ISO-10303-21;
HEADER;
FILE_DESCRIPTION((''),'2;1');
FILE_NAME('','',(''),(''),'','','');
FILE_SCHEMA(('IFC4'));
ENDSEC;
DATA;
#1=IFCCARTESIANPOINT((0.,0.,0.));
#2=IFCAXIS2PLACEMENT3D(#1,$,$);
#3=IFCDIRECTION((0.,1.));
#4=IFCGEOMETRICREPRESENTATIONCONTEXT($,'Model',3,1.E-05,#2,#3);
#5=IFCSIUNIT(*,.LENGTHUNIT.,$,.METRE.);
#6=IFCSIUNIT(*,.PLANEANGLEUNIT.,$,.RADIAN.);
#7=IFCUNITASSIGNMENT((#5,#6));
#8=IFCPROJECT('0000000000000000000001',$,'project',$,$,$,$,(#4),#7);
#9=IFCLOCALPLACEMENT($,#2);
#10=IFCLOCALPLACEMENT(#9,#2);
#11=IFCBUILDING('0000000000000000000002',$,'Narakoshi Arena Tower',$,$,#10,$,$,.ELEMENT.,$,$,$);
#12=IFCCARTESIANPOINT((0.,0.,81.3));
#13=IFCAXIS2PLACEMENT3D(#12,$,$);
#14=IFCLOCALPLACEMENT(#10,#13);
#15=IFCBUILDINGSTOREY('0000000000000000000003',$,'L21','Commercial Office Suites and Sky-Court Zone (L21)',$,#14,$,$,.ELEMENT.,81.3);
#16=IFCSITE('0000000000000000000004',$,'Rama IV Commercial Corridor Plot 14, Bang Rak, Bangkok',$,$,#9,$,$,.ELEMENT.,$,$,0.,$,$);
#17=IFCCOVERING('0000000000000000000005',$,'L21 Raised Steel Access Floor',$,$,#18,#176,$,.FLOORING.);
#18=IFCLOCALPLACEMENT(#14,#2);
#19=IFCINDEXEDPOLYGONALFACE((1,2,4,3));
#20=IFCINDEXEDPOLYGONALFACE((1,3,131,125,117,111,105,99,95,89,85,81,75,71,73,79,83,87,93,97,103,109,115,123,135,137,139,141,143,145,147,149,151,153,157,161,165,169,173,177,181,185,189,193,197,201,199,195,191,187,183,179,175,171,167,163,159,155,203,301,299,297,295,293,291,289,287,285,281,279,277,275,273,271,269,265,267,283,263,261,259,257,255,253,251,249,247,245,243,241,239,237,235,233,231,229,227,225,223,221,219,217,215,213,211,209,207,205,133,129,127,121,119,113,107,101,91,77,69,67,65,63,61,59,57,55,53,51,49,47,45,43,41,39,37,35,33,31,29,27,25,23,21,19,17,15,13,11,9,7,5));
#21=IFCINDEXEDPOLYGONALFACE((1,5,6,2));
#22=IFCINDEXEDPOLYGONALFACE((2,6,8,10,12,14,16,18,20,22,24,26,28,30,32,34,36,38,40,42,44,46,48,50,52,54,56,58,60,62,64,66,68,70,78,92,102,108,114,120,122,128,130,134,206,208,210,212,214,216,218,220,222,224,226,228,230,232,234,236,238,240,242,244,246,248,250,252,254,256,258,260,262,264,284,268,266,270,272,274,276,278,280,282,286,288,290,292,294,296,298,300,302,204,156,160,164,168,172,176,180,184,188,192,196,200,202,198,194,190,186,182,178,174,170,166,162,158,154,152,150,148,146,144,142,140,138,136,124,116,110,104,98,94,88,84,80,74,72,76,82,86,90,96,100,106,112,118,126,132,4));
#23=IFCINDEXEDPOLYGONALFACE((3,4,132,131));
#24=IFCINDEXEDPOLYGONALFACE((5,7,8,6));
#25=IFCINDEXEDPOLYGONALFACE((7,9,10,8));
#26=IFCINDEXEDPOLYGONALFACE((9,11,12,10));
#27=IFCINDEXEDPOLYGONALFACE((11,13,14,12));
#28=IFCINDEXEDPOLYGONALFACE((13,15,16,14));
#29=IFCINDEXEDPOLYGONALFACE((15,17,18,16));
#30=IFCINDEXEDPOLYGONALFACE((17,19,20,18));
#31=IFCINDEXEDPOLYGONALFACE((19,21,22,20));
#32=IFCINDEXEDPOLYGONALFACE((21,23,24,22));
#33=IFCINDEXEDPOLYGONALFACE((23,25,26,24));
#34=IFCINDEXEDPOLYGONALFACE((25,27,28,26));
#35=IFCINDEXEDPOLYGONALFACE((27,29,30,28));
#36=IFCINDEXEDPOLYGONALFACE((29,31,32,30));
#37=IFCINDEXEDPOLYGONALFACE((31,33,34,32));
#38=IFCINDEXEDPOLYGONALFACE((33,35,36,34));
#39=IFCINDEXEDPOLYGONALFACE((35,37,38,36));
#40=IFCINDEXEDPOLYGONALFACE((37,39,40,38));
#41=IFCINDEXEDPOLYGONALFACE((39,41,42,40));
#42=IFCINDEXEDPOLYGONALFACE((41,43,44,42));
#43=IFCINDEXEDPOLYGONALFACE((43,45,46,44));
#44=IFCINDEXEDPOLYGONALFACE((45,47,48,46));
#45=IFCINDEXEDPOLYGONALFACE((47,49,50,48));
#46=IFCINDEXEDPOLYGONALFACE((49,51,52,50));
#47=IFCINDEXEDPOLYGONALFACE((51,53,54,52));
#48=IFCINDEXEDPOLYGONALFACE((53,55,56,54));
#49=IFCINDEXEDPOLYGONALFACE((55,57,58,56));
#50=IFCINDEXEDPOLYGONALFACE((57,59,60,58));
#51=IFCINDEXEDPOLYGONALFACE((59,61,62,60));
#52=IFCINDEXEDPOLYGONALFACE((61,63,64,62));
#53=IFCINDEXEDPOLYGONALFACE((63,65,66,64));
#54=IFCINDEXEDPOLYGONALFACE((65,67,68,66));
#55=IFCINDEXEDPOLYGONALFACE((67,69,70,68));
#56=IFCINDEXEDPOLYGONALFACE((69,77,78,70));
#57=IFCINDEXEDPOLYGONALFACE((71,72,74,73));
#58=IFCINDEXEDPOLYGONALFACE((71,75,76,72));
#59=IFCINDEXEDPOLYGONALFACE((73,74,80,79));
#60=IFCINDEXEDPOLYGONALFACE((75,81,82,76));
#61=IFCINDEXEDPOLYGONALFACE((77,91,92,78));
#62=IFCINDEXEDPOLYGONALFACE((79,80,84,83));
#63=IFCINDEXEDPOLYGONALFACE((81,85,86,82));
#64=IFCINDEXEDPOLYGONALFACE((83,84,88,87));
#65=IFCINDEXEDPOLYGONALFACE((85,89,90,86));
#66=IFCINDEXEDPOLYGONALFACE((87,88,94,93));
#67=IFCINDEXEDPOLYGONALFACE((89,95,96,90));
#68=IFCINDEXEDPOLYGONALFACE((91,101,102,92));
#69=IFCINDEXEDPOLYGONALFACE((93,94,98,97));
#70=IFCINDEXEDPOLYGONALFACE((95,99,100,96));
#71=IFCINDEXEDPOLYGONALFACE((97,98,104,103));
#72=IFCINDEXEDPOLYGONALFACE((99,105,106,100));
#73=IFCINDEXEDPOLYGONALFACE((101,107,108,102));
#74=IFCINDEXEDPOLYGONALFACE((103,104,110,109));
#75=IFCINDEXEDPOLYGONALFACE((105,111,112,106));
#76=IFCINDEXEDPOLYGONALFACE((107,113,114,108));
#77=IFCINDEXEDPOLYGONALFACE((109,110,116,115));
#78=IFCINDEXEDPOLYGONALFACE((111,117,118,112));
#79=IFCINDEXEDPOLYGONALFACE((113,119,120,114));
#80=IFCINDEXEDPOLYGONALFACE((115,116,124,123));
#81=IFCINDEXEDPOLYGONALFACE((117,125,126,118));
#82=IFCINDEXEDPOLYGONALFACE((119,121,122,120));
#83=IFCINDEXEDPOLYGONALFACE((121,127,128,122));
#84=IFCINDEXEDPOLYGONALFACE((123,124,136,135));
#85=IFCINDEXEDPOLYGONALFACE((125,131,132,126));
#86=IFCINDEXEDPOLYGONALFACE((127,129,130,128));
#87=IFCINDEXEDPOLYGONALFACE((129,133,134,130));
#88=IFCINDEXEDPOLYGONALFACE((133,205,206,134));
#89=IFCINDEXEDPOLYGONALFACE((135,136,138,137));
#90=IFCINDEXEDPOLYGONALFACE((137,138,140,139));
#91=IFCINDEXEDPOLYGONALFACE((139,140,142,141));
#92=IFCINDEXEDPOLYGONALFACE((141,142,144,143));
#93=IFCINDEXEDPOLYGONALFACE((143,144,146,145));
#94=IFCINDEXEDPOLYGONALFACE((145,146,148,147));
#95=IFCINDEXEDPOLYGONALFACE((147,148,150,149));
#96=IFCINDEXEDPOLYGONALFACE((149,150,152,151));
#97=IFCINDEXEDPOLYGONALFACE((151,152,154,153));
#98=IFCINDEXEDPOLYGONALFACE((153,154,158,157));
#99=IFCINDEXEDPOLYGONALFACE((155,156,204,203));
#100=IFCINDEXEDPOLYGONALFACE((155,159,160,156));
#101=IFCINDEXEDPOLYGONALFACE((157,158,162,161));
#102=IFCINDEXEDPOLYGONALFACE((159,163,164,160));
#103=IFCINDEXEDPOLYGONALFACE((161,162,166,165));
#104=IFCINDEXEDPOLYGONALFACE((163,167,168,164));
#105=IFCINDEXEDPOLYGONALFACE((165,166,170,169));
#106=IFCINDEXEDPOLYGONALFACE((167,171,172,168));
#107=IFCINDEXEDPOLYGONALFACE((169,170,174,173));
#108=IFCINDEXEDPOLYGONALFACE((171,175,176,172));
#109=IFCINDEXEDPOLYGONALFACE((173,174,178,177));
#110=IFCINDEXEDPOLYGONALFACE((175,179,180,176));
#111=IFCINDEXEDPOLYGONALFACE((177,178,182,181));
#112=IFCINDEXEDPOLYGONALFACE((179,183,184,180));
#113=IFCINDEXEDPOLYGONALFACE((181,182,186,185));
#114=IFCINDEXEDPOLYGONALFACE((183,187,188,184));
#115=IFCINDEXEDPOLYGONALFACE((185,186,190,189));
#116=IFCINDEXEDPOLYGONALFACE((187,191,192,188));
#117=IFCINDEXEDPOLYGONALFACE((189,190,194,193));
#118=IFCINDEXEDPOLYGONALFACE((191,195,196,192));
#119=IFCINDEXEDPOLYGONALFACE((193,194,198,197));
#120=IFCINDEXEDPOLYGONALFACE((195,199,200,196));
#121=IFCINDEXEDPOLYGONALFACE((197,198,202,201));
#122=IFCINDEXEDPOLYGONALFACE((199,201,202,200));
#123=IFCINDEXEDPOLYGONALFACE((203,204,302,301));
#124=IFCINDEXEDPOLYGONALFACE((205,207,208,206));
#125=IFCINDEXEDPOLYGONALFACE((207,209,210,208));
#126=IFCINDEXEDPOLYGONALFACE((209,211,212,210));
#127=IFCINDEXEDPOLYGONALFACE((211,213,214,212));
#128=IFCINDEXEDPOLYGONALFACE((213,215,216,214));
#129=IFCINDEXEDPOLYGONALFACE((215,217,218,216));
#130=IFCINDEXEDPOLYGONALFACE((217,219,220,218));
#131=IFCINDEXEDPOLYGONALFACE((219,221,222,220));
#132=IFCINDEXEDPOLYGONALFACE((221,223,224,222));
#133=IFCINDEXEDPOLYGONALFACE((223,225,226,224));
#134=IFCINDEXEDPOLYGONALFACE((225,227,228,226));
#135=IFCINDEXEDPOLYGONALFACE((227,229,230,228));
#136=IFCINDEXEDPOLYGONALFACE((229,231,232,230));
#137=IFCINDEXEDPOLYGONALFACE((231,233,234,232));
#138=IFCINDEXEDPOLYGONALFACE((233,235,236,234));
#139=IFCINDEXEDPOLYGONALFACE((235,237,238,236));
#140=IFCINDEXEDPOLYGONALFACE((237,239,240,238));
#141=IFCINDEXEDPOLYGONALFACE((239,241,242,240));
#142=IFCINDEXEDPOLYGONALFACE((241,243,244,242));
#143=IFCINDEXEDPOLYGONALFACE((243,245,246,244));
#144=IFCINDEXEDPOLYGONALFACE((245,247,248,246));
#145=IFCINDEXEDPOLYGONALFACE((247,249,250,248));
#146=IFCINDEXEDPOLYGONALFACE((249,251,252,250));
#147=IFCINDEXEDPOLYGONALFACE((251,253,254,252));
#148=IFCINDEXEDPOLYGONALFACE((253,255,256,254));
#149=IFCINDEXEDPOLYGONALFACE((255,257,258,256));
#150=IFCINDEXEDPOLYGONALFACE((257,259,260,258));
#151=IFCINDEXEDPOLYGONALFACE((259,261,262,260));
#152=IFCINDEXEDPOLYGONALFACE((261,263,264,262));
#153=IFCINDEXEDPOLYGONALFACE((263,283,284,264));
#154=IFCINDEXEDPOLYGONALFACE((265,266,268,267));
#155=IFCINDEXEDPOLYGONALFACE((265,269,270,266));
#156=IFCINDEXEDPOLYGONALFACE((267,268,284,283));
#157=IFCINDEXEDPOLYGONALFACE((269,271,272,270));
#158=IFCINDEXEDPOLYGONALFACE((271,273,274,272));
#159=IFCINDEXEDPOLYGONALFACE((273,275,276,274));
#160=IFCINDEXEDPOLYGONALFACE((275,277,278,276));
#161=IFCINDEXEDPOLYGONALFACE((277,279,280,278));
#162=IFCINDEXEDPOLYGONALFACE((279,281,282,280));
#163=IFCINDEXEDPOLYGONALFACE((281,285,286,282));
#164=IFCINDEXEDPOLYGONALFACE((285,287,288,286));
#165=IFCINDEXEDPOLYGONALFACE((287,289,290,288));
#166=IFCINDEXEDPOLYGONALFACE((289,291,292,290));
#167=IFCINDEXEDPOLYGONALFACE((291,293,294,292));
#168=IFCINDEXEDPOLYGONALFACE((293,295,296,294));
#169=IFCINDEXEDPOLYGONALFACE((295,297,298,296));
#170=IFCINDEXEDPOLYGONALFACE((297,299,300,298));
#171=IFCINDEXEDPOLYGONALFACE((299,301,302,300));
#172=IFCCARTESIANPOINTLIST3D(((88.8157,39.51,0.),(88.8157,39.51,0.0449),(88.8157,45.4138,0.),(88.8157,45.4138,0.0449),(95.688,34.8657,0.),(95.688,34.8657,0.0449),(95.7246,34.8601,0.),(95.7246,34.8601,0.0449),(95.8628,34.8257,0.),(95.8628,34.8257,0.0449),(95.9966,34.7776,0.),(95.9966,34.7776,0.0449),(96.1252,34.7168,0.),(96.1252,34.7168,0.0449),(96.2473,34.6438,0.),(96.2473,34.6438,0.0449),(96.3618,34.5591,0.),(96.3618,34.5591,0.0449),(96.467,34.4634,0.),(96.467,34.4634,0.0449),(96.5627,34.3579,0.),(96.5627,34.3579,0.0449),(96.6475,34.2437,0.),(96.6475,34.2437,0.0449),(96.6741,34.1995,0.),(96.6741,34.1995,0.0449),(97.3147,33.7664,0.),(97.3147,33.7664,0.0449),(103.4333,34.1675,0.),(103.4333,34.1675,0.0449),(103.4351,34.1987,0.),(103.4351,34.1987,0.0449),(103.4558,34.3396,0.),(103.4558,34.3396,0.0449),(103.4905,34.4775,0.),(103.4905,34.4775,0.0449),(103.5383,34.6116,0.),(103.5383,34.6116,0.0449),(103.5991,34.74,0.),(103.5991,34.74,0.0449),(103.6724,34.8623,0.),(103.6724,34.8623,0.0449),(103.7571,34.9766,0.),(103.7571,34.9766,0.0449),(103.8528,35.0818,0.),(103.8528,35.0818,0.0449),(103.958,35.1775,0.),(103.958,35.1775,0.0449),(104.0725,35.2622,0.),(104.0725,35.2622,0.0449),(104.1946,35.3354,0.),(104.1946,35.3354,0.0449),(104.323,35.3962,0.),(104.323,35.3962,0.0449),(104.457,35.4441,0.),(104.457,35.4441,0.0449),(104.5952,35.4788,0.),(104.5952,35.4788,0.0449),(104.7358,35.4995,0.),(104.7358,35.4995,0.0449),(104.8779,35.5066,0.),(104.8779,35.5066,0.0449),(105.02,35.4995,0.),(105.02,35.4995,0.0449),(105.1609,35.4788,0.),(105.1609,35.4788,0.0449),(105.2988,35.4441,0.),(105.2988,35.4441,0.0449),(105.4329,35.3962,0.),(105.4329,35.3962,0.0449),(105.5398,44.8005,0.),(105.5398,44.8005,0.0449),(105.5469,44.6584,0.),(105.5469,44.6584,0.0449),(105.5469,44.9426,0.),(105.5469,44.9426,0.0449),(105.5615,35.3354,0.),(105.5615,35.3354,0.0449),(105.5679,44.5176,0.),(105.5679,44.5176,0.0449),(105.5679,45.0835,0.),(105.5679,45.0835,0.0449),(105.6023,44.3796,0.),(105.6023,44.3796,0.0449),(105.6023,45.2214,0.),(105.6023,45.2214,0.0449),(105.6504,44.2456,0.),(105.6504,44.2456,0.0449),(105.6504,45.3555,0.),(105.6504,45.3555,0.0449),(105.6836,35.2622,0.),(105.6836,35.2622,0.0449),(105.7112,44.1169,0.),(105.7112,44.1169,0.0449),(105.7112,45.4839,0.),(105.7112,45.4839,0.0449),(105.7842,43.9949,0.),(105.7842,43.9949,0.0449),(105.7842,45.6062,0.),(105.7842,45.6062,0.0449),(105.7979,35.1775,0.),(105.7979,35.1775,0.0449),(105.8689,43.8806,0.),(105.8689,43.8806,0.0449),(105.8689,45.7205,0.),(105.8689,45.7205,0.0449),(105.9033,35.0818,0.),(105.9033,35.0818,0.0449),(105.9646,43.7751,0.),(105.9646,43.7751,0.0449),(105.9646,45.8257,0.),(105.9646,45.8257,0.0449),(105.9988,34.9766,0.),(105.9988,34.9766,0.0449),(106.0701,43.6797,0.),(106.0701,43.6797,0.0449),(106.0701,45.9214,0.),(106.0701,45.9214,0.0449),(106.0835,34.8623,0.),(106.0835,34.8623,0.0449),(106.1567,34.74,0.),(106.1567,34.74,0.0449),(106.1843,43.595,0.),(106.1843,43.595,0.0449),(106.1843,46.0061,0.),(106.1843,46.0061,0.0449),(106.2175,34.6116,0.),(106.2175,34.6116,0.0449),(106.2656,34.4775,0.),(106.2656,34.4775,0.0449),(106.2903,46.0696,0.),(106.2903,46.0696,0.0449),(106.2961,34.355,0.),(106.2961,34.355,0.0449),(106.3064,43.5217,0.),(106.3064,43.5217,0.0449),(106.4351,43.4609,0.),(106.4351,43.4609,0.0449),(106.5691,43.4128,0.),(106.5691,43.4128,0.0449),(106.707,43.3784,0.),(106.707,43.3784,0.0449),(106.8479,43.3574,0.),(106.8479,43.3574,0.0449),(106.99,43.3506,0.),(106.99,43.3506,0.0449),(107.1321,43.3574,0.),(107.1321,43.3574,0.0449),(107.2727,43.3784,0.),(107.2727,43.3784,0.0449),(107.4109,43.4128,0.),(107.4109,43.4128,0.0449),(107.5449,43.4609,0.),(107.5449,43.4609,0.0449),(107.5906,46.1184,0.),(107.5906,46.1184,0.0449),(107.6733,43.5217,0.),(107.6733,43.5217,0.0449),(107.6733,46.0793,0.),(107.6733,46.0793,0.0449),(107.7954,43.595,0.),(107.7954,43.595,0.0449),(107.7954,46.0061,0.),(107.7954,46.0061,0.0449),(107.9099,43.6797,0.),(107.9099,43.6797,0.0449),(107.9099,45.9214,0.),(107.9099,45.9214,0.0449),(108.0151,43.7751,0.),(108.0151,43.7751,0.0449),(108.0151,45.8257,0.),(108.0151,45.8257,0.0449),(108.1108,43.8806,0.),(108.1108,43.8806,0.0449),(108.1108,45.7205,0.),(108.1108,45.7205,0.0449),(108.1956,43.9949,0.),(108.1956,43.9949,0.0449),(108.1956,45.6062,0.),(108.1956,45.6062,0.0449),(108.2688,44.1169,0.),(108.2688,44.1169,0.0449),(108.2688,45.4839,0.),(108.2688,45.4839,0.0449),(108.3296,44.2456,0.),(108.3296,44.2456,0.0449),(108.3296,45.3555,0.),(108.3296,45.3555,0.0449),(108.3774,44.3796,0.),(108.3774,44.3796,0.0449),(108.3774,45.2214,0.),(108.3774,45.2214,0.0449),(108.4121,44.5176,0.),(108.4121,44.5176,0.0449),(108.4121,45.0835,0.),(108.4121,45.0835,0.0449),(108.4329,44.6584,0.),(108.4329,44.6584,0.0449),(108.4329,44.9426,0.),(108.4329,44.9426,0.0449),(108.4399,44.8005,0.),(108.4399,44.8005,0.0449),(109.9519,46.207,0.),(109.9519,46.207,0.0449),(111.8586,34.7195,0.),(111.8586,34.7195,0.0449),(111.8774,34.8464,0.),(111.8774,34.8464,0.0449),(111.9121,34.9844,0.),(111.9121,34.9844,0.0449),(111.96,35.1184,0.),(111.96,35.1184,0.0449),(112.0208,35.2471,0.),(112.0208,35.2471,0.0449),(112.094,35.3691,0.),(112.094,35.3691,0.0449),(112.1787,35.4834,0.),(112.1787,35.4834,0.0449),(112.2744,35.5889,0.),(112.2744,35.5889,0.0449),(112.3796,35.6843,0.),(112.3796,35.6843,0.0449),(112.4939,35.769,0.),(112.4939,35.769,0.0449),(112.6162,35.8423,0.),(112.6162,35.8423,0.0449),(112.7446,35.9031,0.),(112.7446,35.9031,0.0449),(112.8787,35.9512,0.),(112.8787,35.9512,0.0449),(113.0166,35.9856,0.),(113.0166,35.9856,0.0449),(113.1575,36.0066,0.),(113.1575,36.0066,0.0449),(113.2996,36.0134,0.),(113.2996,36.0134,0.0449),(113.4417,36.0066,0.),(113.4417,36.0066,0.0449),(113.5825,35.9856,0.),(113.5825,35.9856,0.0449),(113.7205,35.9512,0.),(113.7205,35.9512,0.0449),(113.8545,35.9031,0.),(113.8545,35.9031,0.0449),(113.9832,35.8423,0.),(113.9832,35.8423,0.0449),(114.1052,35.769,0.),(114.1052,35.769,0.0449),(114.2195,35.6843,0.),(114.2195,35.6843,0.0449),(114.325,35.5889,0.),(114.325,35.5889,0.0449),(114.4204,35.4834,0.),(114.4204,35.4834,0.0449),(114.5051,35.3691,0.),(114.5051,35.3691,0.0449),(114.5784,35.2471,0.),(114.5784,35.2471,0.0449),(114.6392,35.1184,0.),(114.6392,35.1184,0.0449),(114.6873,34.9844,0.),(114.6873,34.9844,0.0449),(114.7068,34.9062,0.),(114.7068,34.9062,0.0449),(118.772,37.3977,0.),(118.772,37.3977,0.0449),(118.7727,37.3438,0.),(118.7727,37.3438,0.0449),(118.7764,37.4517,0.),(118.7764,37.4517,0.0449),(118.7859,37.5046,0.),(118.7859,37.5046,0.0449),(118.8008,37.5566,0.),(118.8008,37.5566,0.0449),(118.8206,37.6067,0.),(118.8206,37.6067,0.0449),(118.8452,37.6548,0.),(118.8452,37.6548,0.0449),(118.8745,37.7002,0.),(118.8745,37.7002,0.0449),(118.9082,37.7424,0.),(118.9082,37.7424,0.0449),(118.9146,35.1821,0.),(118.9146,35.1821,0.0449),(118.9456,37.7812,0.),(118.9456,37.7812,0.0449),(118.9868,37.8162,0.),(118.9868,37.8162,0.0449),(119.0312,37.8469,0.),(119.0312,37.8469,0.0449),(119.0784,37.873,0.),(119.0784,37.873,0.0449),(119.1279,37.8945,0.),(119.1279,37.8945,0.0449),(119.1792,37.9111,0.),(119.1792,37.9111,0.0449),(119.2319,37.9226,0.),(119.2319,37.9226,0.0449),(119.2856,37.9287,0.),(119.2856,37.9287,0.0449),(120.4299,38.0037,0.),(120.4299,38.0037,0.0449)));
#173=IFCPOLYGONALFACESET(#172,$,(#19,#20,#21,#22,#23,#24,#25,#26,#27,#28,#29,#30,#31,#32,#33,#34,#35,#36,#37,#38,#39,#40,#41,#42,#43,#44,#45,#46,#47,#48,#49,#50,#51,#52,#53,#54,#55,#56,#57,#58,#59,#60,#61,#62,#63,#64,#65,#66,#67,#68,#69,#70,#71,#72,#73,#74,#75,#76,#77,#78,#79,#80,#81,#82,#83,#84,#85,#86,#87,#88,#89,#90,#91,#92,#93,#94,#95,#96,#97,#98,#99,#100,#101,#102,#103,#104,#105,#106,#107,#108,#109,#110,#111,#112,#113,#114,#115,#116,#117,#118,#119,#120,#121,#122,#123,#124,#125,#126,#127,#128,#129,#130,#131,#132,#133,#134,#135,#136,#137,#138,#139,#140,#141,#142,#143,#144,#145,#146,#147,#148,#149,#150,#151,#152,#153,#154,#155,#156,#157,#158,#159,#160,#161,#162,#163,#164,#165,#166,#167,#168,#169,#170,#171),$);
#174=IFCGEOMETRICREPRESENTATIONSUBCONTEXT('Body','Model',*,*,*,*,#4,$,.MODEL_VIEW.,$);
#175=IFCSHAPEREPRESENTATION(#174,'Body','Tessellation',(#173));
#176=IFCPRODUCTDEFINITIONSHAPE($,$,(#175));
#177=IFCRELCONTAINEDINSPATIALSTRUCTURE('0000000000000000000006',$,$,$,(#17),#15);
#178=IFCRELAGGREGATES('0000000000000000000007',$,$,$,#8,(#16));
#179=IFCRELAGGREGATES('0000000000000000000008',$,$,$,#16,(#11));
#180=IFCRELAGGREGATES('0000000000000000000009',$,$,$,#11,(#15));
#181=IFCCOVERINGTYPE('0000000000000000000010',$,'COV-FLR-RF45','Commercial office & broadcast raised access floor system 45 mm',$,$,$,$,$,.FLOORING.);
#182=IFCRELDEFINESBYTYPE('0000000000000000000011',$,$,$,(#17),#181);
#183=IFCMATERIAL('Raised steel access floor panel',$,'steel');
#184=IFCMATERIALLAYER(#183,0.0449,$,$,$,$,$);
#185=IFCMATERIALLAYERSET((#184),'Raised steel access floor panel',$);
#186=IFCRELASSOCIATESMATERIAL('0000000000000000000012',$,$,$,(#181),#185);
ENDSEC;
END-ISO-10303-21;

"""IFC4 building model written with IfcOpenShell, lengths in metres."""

from ifc_helpers import new_model, si_unit, direction, frame, origin, place, context, subcontext, project, spatial, polyline, outline, extrude, material, layer, layer_set, type_object, element, save


model = new_model("IFC4")

# Units and contexts
model_context = context("Model", 3, precision=1e-05, world=origin(), true_north=direction((0.0, 1.0)))
body_context = subcontext(model_context, "Body", "Model", "MODEL_VIEW")
ifc_project = project(units=[si_unit("LENGTHUNIT", "METRE"), si_unit("PLANEANGLEUNIT", "RADIAN")], contexts=[model_context])

# Site, building, storey
site_placement = place(None, origin())
site = spatial("IfcSite", under=ifc_project, at=site_placement, Name="Rama IV Commercial Corridor Plot 14, Bang Rak, Bangkok", CompositionType="ELEMENT", RefElevation=0.0)
building_placement = place(site_placement, origin())
building = spatial("IfcBuilding", under=site, at=building_placement, Name="Narakoshi Arena Tower", CompositionType="ELEMENT")
storey_placement = place(building_placement, frame((0.0, 0.0, 81.3)))
storey = spatial("IfcBuildingStorey", under=building, at=storey_placement, Name="L21", Description="Commercial Office Suites and Sky-Court Zone (L21)", CompositionType="ELEMENT", Elevation=81.3)

# Covering
ifc_material_1 = material(Name="Raised steel access floor panel", Category="steel")
ifc_layer_1 = layer(ifc_material_1, 0.0449)
ifc_layer_set_1 = layer_set([ifc_layer_1], Name="Raised steel access floor panel")
covering_type_1 = type_object("IfcCoveringType", Name="COV-FLR-RF45", Description="Commercial office & broadcast raised access floor system 45 mm", PredefinedType="FLOORING", material=ifc_layer_set_1)
covering_1_placement = place(storey_placement, origin())
element("IfcCovering", 1, at=covering_1_placement, inside=storey, type_object=covering_type_1, Name="L21 Raised Steel Access Floor", PredefinedType="FLOORING", context=body_context, shape_type="SweptSolid", body=[
    extrude(outline(polyline([(119.2856, 37.9287), (119.2319, 37.9226), (119.1792, 37.9111), (119.1279, 37.8945), (119.0784, 37.873), (119.0312, 37.8469), (118.9868, 37.8162), (118.9456, 37.7812), (118.9082, 37.7424), (118.8745, 37.7002), (118.8452, 37.6548), (118.8206, 37.6067), (118.8008, 37.5566), (118.7859, 37.5046), (118.7764, 37.4517), (118.772, 37.3977), (118.7727, 37.3438), (118.9146, 35.1821), (114.7068, 34.9062), (114.6873, 34.9844), (114.6392, 35.1184), (114.5784, 35.2471), (114.5051, 35.3691), (114.4204, 35.4834), (114.325, 35.5889), (114.2195, 35.6843), (114.1052, 35.769), (113.9832, 35.8423), (113.8545, 35.9031), (113.7205, 35.9512), (113.5825, 35.9856), (113.4417, 36.0066), (113.2996, 36.0134), (113.1575, 36.0066), (113.0166, 35.9856), (112.8787, 35.9512), (112.7446, 35.9031), (112.6162, 35.8423), (112.4939, 35.769), (112.3796, 35.6843), (112.2744, 35.5889), (112.1787, 35.4834), (112.094, 35.3691), (112.0208, 35.2471), (111.96, 35.1184), (111.9121, 34.9844), (111.8774, 34.8464), (111.8586, 34.7195), (106.2961, 34.355), (106.2656, 34.4775), (106.2175, 34.6116), (106.1567, 34.74), (106.0835, 34.8623), (105.9988, 34.9766), (105.9033, 35.0818), (105.7979, 35.1775), (105.6836, 35.2622), (105.5615, 35.3354), (105.4329, 35.3962), (105.2988, 35.4441), (105.1609, 35.4788), (105.02, 35.4995), (104.8779, 35.5066), (104.7358, 35.4995), (104.5952, 35.4788), (104.457, 35.4441), (104.323, 35.3962), (104.1946, 35.3354), (104.0725, 35.2622), (103.958, 35.1775), (103.8528, 35.0818), (103.7571, 34.9766), (103.6724, 34.8623), (103.5991, 34.74), (103.5383, 34.6116), (103.4905, 34.4775), (103.4558, 34.3396), (103.4351, 34.1987), (103.4333, 34.1675), (97.3147, 33.7664), (96.6741, 34.1995), (96.6475, 34.2437), (96.5627, 34.3579), (96.467, 34.4634), (96.3618, 34.5591), (96.2473, 34.6438), (96.1252, 34.7168), (95.9966, 34.7776), (95.8628, 34.8257), (95.7246, 34.8601), (95.688, 34.8657), (88.8157, 39.51), (88.8157, 45.4138), (106.2903, 46.0696), (106.1843, 46.0061), (106.0701, 45.9214), (105.9646, 45.8257), (105.8689, 45.7205), (105.7842, 45.6062), (105.7112, 45.4839), (105.6504, 45.3555), (105.6023, 45.2214), (105.5679, 45.0835), (105.5469, 44.9426), (105.5398, 44.8005), (105.5469, 44.6584), (105.5679, 44.5176), (105.6023, 44.3796), (105.6504, 44.2456), (105.7112, 44.1169), (105.7842, 43.9949), (105.8689, 43.8806), (105.9646, 43.7751), (106.0701, 43.6797), (106.1843, 43.595), (106.3064, 43.5217), (106.4351, 43.4609), (106.5691, 43.4128), (106.707, 43.3784), (106.8479, 43.3574), (106.99, 43.3506), (107.1321, 43.3574), (107.2727, 43.3784), (107.4109, 43.4128), (107.5449, 43.4609), (107.6733, 43.5217), (107.7954, 43.595), (107.9099, 43.6797), (108.0151, 43.7751), (108.1108, 43.8806), (108.1956, 43.9949), (108.2688, 44.1169), (108.3296, 44.2456), (108.3774, 44.3796), (108.4121, 44.5176), (108.4329, 44.6584), (108.4399, 44.8005), (108.4329, 44.9426), (108.4121, 45.0835), (108.3774, 45.2214), (108.3296, 45.3555), (108.2688, 45.4839), (108.1956, 45.6062), (108.1108, 45.7205), (108.0151, 45.8257), (107.9099, 45.9214), (107.7954, 46.0061), (107.6733, 46.0793), (107.5906, 46.1184), (109.9519, 46.207), (120.4299, 38.0037), (119.2856, 37.9287)])), origin(), (0.0, 0.0, 1.0), 0.0449),
])

save(model, "model.ifc")
